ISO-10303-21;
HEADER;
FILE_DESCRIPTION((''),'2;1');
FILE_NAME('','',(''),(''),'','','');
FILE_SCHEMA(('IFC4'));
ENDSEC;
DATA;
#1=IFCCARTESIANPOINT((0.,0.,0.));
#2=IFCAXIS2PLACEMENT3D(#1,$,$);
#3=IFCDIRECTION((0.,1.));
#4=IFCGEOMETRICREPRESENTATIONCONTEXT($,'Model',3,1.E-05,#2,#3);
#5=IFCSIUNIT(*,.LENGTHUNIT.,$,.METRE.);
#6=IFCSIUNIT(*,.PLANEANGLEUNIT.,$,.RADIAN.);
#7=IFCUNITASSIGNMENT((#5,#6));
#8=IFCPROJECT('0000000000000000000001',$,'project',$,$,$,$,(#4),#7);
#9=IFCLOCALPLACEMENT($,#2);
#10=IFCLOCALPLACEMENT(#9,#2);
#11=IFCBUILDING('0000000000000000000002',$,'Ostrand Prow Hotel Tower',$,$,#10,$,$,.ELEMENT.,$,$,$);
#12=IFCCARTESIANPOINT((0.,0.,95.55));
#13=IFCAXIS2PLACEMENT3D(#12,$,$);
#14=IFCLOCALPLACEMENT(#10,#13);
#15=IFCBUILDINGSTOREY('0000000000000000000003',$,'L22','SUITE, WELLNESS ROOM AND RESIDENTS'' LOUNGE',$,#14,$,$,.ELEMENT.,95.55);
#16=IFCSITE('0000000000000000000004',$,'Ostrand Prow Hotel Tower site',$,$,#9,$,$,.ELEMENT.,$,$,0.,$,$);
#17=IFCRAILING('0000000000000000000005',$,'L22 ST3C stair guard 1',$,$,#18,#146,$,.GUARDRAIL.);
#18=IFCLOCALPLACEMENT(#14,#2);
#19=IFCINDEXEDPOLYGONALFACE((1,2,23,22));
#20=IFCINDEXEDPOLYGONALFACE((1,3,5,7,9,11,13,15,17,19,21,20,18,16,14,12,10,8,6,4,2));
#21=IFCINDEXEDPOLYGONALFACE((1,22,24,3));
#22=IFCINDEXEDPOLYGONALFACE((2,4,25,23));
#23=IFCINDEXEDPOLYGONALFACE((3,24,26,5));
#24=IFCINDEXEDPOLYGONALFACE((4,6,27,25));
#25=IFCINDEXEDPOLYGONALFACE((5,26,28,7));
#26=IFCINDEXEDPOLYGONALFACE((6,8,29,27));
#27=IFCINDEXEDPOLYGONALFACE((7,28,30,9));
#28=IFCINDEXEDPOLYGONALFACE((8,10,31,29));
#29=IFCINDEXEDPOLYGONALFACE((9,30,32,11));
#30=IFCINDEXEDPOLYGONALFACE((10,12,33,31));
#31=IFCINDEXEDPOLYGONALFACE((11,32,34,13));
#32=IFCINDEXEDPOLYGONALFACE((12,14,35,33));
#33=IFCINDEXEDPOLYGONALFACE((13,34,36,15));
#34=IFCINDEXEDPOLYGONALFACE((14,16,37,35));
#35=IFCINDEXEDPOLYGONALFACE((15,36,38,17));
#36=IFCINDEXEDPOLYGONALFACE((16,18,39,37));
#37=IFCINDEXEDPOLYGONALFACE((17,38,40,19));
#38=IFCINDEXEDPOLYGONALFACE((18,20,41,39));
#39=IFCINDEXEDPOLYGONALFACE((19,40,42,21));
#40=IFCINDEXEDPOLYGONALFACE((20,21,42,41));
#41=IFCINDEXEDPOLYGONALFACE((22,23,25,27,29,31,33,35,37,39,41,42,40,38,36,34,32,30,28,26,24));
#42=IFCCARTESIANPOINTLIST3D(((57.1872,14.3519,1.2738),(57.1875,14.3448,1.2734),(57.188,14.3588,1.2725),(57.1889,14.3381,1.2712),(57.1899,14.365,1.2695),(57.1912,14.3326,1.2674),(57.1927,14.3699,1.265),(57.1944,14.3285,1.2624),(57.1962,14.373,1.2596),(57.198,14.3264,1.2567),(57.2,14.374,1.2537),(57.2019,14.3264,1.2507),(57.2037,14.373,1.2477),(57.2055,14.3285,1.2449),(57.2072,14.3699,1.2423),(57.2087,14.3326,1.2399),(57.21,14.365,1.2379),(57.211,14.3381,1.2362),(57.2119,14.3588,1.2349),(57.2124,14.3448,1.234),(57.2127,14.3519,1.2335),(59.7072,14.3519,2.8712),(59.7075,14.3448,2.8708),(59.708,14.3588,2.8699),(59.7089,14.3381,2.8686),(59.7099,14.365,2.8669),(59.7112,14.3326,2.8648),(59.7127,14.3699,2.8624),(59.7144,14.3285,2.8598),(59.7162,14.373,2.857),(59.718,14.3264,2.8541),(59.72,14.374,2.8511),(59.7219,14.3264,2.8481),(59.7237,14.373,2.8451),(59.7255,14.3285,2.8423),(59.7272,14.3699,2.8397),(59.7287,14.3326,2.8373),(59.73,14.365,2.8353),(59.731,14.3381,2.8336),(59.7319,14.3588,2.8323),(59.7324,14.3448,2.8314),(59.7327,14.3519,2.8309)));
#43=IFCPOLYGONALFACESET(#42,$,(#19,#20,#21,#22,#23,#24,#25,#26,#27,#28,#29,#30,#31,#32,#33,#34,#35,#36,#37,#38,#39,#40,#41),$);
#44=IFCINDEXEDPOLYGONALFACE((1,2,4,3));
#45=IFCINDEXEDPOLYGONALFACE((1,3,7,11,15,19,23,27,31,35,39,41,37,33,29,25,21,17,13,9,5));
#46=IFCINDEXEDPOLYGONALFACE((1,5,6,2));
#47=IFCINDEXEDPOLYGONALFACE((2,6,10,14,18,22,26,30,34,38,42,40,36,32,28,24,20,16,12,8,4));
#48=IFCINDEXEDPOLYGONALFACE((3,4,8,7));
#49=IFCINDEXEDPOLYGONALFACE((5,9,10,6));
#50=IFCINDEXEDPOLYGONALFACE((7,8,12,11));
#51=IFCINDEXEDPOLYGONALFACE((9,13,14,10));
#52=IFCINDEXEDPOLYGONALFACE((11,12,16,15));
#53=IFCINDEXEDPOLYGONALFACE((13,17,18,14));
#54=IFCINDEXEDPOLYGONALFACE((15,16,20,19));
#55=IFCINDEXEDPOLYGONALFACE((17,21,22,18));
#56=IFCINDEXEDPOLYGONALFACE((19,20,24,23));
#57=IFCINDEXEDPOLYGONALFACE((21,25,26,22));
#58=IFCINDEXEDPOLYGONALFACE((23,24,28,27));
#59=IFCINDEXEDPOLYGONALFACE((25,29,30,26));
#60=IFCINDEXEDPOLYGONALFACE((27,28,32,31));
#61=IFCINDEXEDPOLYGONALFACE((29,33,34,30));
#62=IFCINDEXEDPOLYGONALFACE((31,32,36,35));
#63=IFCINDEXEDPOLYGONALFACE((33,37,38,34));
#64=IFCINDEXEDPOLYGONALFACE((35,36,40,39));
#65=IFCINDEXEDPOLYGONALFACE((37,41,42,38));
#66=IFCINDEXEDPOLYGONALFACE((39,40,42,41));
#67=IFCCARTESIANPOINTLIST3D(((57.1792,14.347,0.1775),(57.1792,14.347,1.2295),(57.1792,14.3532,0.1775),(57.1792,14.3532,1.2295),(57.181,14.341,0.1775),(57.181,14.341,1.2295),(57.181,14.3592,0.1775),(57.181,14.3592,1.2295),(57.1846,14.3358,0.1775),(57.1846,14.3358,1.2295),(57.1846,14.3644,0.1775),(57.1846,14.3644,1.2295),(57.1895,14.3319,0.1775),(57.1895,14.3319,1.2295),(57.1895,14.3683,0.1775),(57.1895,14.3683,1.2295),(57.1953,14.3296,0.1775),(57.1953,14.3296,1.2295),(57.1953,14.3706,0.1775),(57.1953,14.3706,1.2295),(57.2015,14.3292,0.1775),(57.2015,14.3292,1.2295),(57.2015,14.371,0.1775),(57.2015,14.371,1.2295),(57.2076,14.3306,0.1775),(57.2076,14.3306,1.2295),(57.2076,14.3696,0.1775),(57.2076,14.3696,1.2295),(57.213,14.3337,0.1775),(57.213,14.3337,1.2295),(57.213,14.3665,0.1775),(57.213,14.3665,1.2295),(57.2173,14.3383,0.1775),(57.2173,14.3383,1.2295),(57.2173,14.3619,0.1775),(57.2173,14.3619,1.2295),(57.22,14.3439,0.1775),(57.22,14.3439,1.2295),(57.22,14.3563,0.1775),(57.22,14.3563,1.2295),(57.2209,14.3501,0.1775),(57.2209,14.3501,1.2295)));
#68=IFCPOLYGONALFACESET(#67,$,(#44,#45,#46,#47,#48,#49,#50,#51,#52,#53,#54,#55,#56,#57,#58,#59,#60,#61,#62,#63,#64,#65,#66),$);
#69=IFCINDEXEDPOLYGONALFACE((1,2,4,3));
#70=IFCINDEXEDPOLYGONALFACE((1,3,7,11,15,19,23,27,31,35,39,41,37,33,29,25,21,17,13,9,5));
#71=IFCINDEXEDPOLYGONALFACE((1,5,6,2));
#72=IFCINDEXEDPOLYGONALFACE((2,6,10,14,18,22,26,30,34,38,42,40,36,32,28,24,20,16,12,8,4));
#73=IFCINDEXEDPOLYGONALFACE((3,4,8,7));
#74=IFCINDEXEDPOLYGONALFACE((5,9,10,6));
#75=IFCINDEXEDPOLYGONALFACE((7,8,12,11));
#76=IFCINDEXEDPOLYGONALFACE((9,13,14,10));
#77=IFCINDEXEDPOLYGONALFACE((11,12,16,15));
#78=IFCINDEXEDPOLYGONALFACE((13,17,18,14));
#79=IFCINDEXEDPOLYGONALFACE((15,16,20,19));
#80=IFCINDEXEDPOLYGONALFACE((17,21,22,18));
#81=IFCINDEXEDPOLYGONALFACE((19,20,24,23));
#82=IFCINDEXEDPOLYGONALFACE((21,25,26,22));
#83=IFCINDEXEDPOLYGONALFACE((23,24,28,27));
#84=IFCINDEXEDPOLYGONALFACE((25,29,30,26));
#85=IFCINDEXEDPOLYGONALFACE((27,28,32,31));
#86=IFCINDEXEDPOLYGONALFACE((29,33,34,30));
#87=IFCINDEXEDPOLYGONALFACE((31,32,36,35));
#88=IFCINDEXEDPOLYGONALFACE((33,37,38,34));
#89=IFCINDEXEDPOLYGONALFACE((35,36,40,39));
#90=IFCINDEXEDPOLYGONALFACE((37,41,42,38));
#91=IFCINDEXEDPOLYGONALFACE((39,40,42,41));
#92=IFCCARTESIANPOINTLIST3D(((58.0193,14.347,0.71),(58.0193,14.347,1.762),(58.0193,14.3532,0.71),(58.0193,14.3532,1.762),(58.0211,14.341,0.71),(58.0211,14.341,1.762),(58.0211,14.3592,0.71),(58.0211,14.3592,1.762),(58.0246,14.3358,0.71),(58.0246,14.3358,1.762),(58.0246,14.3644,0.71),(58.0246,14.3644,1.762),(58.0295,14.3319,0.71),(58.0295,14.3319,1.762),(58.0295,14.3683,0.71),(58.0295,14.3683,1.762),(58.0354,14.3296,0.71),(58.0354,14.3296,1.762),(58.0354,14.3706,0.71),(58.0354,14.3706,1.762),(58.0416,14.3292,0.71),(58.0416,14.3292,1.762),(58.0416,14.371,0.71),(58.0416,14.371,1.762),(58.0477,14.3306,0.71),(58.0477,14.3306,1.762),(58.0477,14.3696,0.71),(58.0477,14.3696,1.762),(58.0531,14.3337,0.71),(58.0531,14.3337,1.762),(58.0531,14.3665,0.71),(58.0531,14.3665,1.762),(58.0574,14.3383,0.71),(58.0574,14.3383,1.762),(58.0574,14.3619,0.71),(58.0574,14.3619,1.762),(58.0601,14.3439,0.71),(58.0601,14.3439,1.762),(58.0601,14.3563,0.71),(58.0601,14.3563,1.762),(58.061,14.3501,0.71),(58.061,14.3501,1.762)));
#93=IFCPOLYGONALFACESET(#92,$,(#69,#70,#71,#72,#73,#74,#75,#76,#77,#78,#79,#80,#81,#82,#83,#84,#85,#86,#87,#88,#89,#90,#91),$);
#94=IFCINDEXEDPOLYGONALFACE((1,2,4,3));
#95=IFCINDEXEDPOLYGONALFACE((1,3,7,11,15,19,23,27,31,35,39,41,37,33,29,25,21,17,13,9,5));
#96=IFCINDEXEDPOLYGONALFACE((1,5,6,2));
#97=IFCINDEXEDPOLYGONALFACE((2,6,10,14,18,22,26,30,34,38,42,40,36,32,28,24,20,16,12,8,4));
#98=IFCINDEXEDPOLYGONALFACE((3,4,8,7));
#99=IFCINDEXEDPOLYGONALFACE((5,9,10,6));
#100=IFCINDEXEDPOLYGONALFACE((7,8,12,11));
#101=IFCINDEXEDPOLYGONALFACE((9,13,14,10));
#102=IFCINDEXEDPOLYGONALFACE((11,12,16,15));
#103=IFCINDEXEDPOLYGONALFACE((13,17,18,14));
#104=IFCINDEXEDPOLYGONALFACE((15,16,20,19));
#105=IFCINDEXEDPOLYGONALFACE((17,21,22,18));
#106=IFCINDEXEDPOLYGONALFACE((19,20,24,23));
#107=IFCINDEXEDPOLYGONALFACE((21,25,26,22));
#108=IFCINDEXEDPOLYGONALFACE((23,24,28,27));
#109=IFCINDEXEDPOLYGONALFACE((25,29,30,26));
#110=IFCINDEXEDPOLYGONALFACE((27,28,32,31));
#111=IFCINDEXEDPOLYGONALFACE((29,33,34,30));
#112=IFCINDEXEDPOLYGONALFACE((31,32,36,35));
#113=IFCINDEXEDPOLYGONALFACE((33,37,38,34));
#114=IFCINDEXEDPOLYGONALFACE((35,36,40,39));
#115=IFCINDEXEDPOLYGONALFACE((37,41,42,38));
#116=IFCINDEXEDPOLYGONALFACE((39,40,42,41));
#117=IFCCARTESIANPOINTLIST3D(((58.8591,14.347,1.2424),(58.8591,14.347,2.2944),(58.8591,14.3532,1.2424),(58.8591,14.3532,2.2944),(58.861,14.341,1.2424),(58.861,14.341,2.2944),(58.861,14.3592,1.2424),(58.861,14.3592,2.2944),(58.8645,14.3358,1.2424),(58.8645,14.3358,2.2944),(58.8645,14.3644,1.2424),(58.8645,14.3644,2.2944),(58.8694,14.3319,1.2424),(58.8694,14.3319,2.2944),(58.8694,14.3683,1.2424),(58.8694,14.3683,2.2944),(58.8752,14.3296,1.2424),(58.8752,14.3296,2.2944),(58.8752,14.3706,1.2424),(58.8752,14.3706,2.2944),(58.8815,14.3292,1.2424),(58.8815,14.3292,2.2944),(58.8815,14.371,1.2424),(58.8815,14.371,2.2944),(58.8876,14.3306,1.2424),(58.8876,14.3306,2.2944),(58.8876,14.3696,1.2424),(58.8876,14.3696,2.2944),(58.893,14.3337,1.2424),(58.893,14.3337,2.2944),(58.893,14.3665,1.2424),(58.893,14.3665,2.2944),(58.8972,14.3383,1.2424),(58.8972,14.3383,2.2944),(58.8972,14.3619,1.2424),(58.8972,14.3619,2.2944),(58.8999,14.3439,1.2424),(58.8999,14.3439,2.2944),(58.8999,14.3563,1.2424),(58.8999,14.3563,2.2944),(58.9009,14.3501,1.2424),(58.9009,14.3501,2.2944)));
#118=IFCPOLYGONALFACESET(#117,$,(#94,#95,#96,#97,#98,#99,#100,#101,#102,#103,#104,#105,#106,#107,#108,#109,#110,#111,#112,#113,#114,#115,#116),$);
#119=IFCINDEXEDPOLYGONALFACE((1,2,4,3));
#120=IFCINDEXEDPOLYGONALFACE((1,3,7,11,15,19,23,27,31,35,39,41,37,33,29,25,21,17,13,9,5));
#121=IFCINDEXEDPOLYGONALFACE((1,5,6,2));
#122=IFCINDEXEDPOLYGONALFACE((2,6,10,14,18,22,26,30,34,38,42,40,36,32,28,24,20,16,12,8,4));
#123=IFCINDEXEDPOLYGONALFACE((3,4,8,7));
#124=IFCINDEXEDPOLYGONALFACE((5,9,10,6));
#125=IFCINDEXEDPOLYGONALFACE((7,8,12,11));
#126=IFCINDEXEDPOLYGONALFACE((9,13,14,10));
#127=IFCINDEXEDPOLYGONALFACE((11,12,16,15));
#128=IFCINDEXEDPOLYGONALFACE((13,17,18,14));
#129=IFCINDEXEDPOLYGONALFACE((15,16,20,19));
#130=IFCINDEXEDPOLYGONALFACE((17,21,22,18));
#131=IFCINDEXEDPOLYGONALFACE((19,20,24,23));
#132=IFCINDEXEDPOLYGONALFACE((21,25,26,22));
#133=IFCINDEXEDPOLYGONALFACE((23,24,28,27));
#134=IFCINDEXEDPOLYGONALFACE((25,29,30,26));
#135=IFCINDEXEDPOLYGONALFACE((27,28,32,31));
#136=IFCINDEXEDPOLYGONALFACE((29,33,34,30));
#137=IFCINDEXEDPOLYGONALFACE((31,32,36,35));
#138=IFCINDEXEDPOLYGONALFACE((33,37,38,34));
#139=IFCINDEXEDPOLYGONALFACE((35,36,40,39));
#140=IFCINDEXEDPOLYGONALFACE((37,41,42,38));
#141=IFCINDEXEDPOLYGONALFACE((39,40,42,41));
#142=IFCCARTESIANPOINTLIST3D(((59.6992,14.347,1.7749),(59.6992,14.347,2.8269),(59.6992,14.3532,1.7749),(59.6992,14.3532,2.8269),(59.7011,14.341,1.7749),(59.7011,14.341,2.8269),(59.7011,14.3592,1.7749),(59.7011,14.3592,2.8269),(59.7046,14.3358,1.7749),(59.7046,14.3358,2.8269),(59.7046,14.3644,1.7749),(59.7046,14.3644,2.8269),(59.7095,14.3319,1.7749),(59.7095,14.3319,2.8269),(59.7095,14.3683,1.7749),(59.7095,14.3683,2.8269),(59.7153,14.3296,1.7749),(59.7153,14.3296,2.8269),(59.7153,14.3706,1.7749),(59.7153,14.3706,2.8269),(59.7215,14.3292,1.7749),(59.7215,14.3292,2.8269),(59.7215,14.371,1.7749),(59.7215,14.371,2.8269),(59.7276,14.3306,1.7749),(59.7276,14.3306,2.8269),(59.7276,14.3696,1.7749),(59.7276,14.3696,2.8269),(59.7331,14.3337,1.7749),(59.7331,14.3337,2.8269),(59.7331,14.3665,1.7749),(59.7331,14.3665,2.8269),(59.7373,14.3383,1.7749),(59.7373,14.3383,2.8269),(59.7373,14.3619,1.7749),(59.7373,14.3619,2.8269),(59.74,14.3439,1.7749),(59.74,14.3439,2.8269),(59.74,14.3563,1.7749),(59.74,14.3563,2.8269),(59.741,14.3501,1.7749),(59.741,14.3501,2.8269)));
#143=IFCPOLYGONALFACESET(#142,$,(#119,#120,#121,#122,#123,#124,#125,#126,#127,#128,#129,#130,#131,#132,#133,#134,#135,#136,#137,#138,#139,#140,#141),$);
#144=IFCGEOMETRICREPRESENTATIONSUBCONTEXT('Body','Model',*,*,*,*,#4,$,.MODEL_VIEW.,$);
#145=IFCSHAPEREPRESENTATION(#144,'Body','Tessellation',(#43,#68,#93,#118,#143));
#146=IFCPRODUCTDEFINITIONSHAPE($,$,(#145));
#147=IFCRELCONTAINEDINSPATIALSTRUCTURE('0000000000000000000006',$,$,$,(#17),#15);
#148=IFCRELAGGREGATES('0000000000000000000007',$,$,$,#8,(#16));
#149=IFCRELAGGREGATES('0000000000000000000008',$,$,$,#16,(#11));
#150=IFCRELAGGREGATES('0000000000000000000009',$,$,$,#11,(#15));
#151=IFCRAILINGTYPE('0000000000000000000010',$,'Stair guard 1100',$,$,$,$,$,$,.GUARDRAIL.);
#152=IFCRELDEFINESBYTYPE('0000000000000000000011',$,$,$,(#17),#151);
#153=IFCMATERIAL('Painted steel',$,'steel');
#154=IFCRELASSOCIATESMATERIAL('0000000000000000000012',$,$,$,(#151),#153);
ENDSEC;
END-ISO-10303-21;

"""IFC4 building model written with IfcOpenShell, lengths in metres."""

from ifc_helpers import new_model, si_unit, direction, frame, origin, origin_2d, place, context, subcontext, project, spatial, circle, extrude, material, type_object, element, save


model = new_model("IFC4")

# Units and contexts
model_context = context("Model", 3, precision=1e-05, world=origin(), true_north=direction((0.0, 1.0)))
body_context = subcontext(model_context, "Body", "Model", "MODEL_VIEW")
ifc_project = project(units=[si_unit("LENGTHUNIT", "METRE"), si_unit("PLANEANGLEUNIT", "RADIAN")], contexts=[model_context])

# Site, building, storey
site_placement = place(None, origin())
site = spatial("IfcSite", under=ifc_project, at=site_placement, Name="Ostrand Prow Hotel Tower site", CompositionType="ELEMENT", RefElevation=0.0)
building_placement = place(site_placement, origin())
building = spatial("IfcBuilding", under=site, at=building_placement, Name="Ostrand Prow Hotel Tower", CompositionType="ELEMENT")
storey_placement = place(building_placement, frame((0.0, 0.0, 95.55)))
storey = spatial("IfcBuildingStorey", under=building, at=storey_placement, Name="L22", Description="SUITE, WELLNESS ROOM AND RESIDENTS' LOUNGE", CompositionType="ELEMENT", Elevation=95.55)

# Railing
ifc_material_1 = material(Name="Painted steel", Category="steel")
railing_type_1 = type_object("IfcRailingType", Name="Stair guard 1100", PredefinedType="GUARDRAIL", material=ifc_material_1)
railing_1_placement = place(storey_placement, frame((57.2, 14.3501, 0.1775)))
element("IfcRailing", 1, at=railing_1_placement, inside=storey, type_object=railing_type_1, Name="L22 ST3C stair guard 1", PredefinedType="GUARDRAIL", context=body_context, shape_type="SweptSolid", body=[
    extrude(circle(Radius=0.0239, at=origin_2d()), frame((0.0, 0.0, 1.0762), z_axis=(0.844607, 0.0, 0.535387), x_axis=(0.0, 1.0, 0.0)), (0.0, 0.0, 1.0), 2.9836),
    extrude(circle(Radius=0.021, at=origin_2d()), origin(), (0.0, 0.0, 1.0), 1.052),
    extrude(circle(Radius=0.021, at=origin_2d()), frame((0.8401, 0.0, 0.5325)), (0.0, 0.0, 1.0), 1.052),
    extrude(circle(Radius=0.021, at=origin_2d()), frame((1.6799, 0.0, 1.0649)), (0.0, 0.0, 1.0), 1.052),
    extrude(circle(Radius=0.021, at=origin_2d()), frame((2.52, 0.0, 1.5974)), (0.0, 0.0, 1.0), 1.052),
])

save(model, "model.ifc")
